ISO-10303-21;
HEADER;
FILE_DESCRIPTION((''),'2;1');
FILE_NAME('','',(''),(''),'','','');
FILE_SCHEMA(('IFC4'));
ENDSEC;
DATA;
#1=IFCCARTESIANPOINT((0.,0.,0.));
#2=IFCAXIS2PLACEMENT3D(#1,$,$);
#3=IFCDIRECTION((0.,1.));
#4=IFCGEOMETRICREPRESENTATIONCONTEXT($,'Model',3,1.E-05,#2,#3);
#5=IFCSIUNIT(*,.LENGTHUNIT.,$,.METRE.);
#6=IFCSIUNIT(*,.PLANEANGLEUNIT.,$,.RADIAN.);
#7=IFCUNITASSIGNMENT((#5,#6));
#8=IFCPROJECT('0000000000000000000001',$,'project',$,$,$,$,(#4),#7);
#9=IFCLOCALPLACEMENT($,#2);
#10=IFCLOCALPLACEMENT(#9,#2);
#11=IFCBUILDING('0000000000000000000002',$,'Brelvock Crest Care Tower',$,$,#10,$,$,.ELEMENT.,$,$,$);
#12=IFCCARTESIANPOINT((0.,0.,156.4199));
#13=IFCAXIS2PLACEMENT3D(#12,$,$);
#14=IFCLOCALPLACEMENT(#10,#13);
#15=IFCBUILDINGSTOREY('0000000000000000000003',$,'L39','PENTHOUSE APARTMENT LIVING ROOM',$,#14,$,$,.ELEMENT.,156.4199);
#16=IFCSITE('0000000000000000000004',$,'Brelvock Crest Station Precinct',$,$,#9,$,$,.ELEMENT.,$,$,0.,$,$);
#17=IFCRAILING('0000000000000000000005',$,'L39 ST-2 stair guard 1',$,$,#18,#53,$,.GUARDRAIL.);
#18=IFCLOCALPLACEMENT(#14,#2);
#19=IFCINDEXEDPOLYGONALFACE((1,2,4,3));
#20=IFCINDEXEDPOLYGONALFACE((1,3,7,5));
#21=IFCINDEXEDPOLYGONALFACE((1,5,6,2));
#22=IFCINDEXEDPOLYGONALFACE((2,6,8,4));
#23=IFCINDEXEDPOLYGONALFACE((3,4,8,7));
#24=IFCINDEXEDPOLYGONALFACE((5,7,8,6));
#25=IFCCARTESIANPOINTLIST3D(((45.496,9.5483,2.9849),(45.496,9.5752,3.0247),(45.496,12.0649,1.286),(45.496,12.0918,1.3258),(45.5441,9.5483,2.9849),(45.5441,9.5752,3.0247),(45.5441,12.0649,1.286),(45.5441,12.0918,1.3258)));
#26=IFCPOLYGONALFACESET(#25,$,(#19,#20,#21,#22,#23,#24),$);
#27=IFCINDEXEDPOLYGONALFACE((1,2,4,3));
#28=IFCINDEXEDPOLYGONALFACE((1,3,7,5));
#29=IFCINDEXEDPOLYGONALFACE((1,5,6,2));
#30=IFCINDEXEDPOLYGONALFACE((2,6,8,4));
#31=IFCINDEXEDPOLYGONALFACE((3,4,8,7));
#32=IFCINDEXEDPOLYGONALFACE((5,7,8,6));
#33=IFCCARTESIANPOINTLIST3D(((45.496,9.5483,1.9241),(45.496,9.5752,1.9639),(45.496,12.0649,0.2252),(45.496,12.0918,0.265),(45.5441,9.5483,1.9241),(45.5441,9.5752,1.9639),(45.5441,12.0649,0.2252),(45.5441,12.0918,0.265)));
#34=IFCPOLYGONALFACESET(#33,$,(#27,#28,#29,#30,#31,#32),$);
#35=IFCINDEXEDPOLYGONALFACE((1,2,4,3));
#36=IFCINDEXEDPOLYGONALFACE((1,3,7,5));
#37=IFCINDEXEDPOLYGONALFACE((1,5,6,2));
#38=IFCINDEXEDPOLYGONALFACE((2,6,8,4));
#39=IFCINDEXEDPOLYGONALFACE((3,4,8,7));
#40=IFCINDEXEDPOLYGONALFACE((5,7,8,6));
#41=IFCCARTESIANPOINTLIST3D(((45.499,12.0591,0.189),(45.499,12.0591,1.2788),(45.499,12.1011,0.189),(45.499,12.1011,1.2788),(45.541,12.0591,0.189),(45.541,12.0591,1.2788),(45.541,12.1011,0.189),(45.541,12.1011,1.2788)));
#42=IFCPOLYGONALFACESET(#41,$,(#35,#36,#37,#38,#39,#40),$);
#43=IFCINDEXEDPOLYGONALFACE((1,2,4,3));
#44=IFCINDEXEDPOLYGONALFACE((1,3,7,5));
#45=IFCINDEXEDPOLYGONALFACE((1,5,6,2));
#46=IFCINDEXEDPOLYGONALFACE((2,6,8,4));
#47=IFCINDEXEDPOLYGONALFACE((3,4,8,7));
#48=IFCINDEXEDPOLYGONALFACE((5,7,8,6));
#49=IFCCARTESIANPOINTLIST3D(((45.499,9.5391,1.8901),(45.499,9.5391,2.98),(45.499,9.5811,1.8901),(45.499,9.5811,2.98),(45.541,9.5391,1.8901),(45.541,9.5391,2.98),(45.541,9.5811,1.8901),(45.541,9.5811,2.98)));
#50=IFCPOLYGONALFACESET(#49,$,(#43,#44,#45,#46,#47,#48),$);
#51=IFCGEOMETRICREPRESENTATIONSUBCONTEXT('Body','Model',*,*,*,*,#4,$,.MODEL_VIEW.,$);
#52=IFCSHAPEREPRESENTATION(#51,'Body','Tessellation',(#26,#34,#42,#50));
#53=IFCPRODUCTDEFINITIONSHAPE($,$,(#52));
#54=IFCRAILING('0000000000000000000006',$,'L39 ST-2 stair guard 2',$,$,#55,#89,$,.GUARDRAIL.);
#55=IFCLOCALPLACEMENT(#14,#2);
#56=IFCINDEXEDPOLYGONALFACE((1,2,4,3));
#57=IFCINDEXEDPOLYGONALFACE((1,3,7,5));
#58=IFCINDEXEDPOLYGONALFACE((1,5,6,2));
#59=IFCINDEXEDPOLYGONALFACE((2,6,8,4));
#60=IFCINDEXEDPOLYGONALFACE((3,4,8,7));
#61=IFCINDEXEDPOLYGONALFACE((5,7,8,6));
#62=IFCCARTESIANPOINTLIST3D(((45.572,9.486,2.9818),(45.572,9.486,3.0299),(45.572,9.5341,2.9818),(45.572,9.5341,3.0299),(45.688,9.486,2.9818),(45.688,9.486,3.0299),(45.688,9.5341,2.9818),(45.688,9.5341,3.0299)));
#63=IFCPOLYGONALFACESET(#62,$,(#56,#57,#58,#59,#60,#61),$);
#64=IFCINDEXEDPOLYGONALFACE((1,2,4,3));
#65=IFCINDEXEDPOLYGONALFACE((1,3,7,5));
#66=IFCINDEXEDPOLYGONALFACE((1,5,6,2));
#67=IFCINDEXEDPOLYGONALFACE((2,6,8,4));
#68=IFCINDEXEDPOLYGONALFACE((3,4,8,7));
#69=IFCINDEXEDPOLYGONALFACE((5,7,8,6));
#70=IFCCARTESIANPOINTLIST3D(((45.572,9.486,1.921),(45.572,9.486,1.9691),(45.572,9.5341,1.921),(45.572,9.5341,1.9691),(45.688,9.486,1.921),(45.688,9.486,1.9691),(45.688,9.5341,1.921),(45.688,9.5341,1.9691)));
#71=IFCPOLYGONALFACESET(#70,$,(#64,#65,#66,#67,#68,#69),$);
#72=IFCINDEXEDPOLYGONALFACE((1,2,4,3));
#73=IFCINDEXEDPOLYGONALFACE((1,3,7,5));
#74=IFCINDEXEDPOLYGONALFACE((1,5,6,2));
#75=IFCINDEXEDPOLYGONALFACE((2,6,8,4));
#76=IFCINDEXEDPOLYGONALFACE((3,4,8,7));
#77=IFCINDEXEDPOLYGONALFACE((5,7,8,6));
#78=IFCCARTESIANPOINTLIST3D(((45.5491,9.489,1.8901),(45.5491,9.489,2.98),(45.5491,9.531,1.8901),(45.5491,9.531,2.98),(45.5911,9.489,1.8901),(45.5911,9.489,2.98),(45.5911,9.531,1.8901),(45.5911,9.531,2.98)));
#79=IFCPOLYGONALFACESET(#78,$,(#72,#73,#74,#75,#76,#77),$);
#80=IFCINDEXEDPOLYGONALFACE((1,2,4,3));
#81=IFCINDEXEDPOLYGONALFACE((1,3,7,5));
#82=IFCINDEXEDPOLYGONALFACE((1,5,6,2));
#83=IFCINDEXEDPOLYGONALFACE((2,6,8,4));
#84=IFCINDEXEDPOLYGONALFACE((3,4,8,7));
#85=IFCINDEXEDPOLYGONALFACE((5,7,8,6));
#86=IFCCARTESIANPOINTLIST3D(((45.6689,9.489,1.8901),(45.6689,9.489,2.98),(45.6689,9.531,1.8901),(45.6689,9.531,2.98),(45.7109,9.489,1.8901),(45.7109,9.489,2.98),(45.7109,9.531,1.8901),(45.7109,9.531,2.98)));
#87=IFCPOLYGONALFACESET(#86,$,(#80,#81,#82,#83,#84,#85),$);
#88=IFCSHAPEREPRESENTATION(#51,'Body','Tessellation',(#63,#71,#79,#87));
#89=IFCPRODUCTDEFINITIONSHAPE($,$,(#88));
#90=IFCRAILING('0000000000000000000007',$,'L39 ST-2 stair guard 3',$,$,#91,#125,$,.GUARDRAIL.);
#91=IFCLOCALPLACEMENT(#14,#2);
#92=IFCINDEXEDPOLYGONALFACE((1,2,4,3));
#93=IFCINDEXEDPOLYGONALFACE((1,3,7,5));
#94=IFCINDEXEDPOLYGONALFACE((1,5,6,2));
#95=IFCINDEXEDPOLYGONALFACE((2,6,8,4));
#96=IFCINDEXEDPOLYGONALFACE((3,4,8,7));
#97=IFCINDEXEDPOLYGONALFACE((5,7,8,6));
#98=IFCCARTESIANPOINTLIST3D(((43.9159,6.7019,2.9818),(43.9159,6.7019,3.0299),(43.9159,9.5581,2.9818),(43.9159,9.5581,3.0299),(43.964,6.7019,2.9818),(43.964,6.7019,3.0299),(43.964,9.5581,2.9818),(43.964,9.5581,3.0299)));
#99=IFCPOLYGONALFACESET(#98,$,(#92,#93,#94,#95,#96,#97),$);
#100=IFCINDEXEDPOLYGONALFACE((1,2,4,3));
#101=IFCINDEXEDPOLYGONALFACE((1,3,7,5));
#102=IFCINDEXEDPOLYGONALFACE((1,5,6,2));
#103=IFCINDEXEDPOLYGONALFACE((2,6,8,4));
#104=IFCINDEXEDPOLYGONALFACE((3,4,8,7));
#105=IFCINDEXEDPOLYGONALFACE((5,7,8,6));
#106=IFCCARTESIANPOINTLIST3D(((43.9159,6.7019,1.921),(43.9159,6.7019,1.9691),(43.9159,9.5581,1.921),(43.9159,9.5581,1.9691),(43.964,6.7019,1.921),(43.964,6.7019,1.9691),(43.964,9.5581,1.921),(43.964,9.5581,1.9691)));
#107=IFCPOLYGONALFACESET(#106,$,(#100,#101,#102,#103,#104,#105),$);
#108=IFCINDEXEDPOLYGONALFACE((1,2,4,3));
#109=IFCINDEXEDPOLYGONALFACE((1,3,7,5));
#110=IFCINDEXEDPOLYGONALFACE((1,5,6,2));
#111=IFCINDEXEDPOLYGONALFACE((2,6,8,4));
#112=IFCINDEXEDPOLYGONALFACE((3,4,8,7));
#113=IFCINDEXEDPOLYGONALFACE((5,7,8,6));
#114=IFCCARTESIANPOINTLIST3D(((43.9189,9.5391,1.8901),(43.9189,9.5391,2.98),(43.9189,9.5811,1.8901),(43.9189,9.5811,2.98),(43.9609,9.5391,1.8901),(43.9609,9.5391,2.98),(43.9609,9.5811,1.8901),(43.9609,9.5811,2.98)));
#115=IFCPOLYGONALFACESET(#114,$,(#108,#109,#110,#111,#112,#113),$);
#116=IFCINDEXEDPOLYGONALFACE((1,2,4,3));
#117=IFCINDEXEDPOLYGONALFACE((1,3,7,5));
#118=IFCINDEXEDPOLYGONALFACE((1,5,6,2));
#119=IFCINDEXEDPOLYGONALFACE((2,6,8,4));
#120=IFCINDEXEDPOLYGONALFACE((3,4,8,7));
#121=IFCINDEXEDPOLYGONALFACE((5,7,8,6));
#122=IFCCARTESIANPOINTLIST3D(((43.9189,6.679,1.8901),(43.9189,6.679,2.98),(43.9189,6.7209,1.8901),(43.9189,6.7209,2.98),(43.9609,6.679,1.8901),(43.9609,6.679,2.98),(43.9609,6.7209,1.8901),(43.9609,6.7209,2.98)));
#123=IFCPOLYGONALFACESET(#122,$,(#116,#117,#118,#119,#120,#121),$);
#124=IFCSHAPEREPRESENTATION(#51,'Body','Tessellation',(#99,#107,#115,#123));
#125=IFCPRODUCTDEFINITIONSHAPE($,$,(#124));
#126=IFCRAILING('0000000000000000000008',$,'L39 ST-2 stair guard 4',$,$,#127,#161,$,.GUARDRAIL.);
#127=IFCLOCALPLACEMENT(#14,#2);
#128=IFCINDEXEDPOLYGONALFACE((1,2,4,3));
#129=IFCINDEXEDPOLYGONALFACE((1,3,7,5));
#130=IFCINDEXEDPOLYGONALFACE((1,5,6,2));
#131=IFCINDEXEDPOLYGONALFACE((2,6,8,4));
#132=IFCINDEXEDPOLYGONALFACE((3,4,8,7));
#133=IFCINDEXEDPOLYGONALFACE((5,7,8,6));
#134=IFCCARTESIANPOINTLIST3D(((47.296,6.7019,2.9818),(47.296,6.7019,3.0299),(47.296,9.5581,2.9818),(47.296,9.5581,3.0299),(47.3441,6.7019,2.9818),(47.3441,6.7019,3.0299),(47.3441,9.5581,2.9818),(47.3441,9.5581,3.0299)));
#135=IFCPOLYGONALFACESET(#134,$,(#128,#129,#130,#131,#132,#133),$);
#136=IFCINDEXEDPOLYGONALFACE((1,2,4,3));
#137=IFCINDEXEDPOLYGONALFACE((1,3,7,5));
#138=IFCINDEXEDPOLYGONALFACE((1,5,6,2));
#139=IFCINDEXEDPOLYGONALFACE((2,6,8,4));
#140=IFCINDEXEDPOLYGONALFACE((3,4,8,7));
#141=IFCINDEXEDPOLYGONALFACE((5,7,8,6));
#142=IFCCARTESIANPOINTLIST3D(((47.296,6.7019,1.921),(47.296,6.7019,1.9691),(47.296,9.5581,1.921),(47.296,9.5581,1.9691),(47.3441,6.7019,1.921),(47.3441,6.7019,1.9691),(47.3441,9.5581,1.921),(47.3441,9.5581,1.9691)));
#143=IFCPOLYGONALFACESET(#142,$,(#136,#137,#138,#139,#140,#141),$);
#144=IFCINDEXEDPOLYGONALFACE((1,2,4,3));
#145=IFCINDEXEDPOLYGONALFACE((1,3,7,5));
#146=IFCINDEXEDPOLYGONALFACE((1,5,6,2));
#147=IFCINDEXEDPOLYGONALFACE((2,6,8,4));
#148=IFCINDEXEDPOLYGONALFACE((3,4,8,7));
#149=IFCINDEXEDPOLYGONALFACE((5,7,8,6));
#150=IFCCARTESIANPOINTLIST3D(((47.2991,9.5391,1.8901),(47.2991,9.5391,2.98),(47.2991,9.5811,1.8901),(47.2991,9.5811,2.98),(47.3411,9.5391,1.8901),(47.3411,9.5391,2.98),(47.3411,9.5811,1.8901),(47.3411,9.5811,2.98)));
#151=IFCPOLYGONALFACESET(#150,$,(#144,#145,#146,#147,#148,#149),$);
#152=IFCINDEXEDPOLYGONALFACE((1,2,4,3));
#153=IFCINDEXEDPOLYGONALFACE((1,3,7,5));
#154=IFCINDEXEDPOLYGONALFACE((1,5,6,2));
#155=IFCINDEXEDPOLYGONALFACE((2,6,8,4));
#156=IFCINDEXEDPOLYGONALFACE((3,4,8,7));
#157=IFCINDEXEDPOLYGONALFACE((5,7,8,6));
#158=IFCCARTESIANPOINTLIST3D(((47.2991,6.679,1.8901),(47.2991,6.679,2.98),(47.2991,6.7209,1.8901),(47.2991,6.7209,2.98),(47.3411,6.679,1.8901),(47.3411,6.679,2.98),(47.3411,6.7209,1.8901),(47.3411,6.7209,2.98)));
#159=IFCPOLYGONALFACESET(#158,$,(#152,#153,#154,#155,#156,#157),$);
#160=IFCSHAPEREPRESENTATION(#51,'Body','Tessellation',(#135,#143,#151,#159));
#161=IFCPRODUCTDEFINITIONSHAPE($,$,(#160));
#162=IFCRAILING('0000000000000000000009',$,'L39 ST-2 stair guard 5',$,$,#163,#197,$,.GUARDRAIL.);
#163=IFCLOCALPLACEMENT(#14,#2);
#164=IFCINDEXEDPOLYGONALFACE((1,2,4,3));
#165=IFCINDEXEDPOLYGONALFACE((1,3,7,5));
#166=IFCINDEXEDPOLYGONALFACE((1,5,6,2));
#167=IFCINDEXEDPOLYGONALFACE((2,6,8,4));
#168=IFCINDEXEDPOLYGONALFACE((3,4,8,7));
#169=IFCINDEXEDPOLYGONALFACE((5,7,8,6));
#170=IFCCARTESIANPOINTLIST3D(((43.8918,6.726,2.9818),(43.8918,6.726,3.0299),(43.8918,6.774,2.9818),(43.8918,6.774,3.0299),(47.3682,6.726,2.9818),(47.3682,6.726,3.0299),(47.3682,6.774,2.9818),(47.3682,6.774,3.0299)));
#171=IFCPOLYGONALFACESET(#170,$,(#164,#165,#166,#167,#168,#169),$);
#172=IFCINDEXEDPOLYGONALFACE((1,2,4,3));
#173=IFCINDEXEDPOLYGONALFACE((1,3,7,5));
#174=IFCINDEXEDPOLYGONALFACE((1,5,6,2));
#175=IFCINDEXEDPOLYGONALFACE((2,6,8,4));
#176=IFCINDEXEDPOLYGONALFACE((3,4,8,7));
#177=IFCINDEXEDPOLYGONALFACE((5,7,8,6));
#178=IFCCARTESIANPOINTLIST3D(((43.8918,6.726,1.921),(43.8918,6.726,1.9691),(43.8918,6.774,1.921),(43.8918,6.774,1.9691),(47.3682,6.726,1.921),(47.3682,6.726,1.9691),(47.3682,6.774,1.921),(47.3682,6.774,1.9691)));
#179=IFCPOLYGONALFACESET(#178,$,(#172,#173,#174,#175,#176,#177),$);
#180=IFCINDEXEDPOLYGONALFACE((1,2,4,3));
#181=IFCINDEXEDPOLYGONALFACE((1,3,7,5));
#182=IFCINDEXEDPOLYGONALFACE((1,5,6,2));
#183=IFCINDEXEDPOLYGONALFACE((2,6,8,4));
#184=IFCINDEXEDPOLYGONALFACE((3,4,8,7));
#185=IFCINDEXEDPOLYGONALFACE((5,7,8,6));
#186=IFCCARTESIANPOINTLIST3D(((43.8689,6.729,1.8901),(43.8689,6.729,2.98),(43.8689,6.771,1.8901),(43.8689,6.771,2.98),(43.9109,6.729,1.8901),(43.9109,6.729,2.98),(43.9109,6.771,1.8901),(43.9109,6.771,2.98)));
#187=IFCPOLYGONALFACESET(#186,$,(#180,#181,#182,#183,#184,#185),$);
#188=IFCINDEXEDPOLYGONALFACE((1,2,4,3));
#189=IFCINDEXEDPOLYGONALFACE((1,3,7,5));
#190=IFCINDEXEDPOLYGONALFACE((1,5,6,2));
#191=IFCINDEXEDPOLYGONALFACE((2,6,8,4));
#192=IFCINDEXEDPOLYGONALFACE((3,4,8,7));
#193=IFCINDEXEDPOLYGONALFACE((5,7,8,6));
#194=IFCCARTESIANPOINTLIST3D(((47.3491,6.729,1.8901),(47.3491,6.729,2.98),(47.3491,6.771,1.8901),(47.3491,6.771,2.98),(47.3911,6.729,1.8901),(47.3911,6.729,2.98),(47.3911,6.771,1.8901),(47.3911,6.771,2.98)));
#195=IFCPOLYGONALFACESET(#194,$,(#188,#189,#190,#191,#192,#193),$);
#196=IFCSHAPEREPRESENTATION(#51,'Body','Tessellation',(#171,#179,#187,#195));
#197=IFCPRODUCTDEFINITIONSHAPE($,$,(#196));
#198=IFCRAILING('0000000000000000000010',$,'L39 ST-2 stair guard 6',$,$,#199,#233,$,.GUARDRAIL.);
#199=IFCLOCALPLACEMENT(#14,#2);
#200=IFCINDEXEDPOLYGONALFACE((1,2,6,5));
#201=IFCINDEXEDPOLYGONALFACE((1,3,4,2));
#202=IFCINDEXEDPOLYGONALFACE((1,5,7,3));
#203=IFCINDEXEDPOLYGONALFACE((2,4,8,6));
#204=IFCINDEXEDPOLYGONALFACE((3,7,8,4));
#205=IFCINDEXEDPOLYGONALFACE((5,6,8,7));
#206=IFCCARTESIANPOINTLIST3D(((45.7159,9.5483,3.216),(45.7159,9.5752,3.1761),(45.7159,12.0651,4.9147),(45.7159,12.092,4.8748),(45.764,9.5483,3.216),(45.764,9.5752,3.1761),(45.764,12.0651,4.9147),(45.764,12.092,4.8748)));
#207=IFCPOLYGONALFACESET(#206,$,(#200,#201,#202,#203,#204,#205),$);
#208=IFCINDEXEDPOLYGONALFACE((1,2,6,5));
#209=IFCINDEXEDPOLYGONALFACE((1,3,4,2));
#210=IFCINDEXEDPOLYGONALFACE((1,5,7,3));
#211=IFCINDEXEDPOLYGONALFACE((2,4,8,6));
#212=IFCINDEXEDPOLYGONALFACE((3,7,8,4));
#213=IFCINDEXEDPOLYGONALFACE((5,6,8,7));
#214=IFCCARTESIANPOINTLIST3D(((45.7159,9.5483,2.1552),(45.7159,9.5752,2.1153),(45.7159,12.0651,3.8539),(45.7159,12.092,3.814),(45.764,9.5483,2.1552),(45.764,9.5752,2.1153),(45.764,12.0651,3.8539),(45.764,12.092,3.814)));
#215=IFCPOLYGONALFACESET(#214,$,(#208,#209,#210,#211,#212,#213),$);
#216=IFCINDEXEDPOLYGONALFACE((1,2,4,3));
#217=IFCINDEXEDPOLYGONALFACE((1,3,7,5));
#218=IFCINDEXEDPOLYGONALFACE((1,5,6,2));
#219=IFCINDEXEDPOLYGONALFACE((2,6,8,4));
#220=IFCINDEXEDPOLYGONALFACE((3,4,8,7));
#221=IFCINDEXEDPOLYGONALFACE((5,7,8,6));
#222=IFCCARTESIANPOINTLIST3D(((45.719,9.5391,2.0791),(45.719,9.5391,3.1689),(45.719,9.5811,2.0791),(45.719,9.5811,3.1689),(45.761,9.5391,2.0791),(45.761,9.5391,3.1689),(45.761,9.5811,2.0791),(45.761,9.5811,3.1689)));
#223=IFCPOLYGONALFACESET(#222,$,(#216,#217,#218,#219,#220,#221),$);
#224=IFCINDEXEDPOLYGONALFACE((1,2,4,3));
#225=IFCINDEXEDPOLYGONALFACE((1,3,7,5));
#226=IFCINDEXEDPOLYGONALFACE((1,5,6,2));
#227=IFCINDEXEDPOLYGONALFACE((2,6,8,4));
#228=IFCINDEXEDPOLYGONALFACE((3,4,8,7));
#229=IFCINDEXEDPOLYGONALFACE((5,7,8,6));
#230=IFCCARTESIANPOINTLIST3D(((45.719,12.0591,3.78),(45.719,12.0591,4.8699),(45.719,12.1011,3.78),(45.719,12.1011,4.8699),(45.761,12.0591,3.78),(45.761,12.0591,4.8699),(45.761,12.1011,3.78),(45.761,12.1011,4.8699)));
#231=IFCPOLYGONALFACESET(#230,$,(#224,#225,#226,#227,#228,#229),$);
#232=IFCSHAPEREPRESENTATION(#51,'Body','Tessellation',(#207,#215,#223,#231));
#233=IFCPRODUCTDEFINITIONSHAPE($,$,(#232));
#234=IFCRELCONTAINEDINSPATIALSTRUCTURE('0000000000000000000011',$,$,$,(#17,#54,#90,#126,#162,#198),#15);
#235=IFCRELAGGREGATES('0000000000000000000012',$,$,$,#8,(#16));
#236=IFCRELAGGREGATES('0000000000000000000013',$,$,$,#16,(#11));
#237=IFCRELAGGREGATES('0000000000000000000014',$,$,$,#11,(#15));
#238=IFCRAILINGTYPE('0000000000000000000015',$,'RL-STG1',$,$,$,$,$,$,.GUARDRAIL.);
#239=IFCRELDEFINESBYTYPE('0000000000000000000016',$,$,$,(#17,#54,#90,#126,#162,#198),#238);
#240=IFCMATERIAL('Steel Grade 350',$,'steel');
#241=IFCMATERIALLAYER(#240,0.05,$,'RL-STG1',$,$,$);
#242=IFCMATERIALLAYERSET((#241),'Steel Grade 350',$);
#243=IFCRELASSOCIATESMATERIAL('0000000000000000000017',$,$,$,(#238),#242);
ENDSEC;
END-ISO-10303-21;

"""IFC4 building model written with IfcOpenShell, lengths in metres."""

from ifc_helpers import new_model, si_unit, direction, frame, origin, origin_2d, place, context, subcontext, project, spatial, rectangle, extrude, material, layer, layer_set, type_object, element, save


model = new_model("IFC4")

# Units and contexts
model_context = context("Model", 3, precision=1e-05, world=origin(), true_north=direction((0.0, 1.0)))
body_context = subcontext(model_context, "Body", "Model", "MODEL_VIEW")
ifc_project = project(units=[si_unit("LENGTHUNIT", "METRE"), si_unit("PLANEANGLEUNIT", "RADIAN")], contexts=[model_context])

# Site, building, storey
site_placement = place(None, origin())
site = spatial("IfcSite", under=ifc_project, at=site_placement, Name="Brelvock Crest Station Precinct", CompositionType="ELEMENT", RefElevation=0.0)
building_placement = place(site_placement, origin())
building = spatial("IfcBuilding", under=site, at=building_placement, Name="Brelvock Crest Care Tower", CompositionType="ELEMENT")
storey_placement = place(building_placement, frame((0.0, 0.0, 156.4199)))
storey = spatial("IfcBuildingStorey", under=building, at=storey_placement, Name="L39", Description="PENTHOUSE APARTMENT LIVING ROOM", CompositionType="ELEMENT", Elevation=156.4199)

# Shared definitions
ifc_material_1 = material(Name="Steel Grade 350", Category="steel")

# Railings
ifc_layer_1 = layer(ifc_material_1, 0.05, Name="RL-STG1")
ifc_layer_set_1 = layer_set([ifc_layer_1], Name="Steel Grade 350")
railing_type_1 = type_object("IfcRailingType", Name="RL-STG1", PredefinedType="GUARDRAIL", material=ifc_layer_set_1)
railing_1_placement = place(storey_placement, frame((45.52, 12.0801, 0.189)))
element("IfcRailing", 1, at=railing_1_placement, inside=storey, type_object=railing_type_1, Name="L39 ST-2 stair guard 1", PredefinedType="GUARDRAIL", context=body_context, shape_type="SweptSolid", body=[
    extrude(rectangle(XDim=0.0481, YDim=0.0481, at=origin_2d()), frame((0.0, -0.0017, 1.1169), z_axis=(0.0, -0.828824, 0.559509), x_axis=(1.0, 0.0, 0.0)), (0.0, 0.0, 1.0), 3.0364),
    extrude(rectangle(XDim=0.0481, YDim=0.0481, at=origin_2d()), frame((0.0, -0.0017, 0.0562), z_axis=(0.0, -0.828824, 0.559509), x_axis=(1.0, 0.0, 0.0)), (0.0, 0.0, 1.0), 3.0364),
    extrude(rectangle(XDim=0.042, YDim=0.042, at=origin_2d()), origin(), (0.0, 0.0, 1.0), 1.0898),
    extrude(rectangle(XDim=0.042, YDim=0.042, at=origin_2d()), frame((0.0, -2.52, 1.7012)), (0.0, 0.0, 1.0), 1.0898),
])
railing_2_placement = place(storey_placement, frame((45.5701, 9.51, 1.8901)))
element("IfcRailing", 2, at=railing_2_placement, inside=storey, type_object=railing_type_1, Name="L39 ST-2 stair guard 2", PredefinedType="GUARDRAIL", context=body_context, shape_type="SweptSolid", body=[
    extrude(rectangle(XDim=0.0481, YDim=0.0481, at=origin_2d()), frame((0.002, 0.0, 1.1157), z_axis=(1.0, 0.0, 0.0), x_axis=(0.0, 1.0, 0.0)), (0.0, 0.0, 1.0), 0.116),
    extrude(rectangle(XDim=0.0481, YDim=0.0481, at=origin_2d()), frame((0.002, 0.0, 0.0549), z_axis=(1.0, 0.0, 0.0), x_axis=(0.0, 1.0, 0.0)), (0.0, 0.0, 1.0), 0.116),
    extrude(rectangle(XDim=0.042, YDim=0.042, at=origin_2d()), origin(), (0.0, 0.0, 1.0), 1.0898),
    extrude(rectangle(XDim=0.042, YDim=0.042, at=origin_2d()), frame((0.1199, 0.0, 0.0)), (0.0, 0.0, 1.0), 1.0898),
])
for number, where, name in (
    (3, (43.9399, 9.5601, 1.8901), "L39 ST-2 stair guard 3"),
    (4, (47.3201, 9.5601, 1.8901), "L39 ST-2 stair guard 4"),
):
    element("IfcRailing", number, at=place(storey_placement, frame(where)), inside=storey, type_object=railing_type_1, Name=name, PredefinedType="GUARDRAIL", context=body_context, shape_type="SweptSolid", body=[
        extrude(rectangle(XDim=0.0481, YDim=0.0481, at=origin_2d()), frame((0.0, -0.002, 1.1157), z_axis=(0.0, -1.0, 0.0), x_axis=(1.0, 0.0, 0.0)), (0.0, 0.0, 1.0), 2.8562),
        extrude(rectangle(XDim=0.0481, YDim=0.0481, at=origin_2d()), frame((0.0, -0.002, 0.0549), z_axis=(0.0, -1.0, 0.0), x_axis=(1.0, 0.0, 0.0)), (0.0, 0.0, 1.0), 2.8562),
        extrude(rectangle(XDim=0.042, YDim=0.042, at=origin_2d()), origin(), (0.0, 0.0, 1.0), 1.0898),
        extrude(rectangle(XDim=0.042, YDim=0.042, at=origin_2d()), frame((0.0, -2.8601, 0.0)), (0.0, 0.0, 1.0), 1.0898),
    ])
railing_3_placement = place(storey_placement, frame((43.8899, 6.75, 1.8901)))
element("IfcRailing", 5, at=railing_3_placement, inside=storey, type_object=railing_type_1, Name="L39 ST-2 stair guard 5", PredefinedType="GUARDRAIL", context=body_context, shape_type="SweptSolid", body=[
    extrude(rectangle(XDim=0.0481, YDim=0.0481, at=origin_2d()), frame((0.002, 0.0, 1.1157), z_axis=(1.0, 0.0, 0.0), x_axis=(0.0, 1.0, 0.0)), (0.0, 0.0, 1.0), 3.4763),
    extrude(rectangle(XDim=0.0481, YDim=0.0481, at=origin_2d()), frame((0.002, 0.0, 0.0549), z_axis=(1.0, 0.0, 0.0), x_axis=(0.0, 1.0, 0.0)), (0.0, 0.0, 1.0), 3.4763),
    extrude(rectangle(XDim=0.042, YDim=0.042, at=origin_2d()), origin(), (0.0, 0.0, 1.0), 1.0898),
    extrude(rectangle(XDim=0.042, YDim=0.042, at=origin_2d()), frame((3.4802, 0.0, 0.0)), (0.0, 0.0, 1.0), 1.0898),
])
railing_4_placement = place(storey_placement, frame((45.74, 9.5601, 2.0791)))
element("IfcRailing", 6, at=railing_4_placement, inside=storey, type_object=railing_type_1, Name="L39 ST-2 stair guard 6", PredefinedType="GUARDRAIL", context=body_context, shape_type="SweptSolid", body=[
    extrude(rectangle(XDim=0.0481, YDim=0.0481, at=origin_2d()), frame((0.0, 0.0017, 1.1169), z_axis=(0.0, 0.828862, 0.559454), x_axis=(-1.0, 0.0, 0.0)), (0.0, 0.0, 1.0), 3.0364),
    extrude(rectangle(XDim=0.0481, YDim=0.0481, at=origin_2d()), frame((0.0, 0.0017, 0.0562), z_axis=(0.0, 0.828862, 0.559454), x_axis=(-1.0, 0.0, 0.0)), (0.0, 0.0, 1.0), 3.0364),
    extrude(rectangle(XDim=0.042, YDim=0.042, at=origin_2d()), origin(), (0.0, 0.0, 1.0), 1.0898),
    extrude(rectangle(XDim=0.042, YDim=0.042, at=origin_2d()), frame((0.0, 2.52, 1.7009)), (0.0, 0.0, 1.0), 1.0898),
])

save(model, "model.ifc")
